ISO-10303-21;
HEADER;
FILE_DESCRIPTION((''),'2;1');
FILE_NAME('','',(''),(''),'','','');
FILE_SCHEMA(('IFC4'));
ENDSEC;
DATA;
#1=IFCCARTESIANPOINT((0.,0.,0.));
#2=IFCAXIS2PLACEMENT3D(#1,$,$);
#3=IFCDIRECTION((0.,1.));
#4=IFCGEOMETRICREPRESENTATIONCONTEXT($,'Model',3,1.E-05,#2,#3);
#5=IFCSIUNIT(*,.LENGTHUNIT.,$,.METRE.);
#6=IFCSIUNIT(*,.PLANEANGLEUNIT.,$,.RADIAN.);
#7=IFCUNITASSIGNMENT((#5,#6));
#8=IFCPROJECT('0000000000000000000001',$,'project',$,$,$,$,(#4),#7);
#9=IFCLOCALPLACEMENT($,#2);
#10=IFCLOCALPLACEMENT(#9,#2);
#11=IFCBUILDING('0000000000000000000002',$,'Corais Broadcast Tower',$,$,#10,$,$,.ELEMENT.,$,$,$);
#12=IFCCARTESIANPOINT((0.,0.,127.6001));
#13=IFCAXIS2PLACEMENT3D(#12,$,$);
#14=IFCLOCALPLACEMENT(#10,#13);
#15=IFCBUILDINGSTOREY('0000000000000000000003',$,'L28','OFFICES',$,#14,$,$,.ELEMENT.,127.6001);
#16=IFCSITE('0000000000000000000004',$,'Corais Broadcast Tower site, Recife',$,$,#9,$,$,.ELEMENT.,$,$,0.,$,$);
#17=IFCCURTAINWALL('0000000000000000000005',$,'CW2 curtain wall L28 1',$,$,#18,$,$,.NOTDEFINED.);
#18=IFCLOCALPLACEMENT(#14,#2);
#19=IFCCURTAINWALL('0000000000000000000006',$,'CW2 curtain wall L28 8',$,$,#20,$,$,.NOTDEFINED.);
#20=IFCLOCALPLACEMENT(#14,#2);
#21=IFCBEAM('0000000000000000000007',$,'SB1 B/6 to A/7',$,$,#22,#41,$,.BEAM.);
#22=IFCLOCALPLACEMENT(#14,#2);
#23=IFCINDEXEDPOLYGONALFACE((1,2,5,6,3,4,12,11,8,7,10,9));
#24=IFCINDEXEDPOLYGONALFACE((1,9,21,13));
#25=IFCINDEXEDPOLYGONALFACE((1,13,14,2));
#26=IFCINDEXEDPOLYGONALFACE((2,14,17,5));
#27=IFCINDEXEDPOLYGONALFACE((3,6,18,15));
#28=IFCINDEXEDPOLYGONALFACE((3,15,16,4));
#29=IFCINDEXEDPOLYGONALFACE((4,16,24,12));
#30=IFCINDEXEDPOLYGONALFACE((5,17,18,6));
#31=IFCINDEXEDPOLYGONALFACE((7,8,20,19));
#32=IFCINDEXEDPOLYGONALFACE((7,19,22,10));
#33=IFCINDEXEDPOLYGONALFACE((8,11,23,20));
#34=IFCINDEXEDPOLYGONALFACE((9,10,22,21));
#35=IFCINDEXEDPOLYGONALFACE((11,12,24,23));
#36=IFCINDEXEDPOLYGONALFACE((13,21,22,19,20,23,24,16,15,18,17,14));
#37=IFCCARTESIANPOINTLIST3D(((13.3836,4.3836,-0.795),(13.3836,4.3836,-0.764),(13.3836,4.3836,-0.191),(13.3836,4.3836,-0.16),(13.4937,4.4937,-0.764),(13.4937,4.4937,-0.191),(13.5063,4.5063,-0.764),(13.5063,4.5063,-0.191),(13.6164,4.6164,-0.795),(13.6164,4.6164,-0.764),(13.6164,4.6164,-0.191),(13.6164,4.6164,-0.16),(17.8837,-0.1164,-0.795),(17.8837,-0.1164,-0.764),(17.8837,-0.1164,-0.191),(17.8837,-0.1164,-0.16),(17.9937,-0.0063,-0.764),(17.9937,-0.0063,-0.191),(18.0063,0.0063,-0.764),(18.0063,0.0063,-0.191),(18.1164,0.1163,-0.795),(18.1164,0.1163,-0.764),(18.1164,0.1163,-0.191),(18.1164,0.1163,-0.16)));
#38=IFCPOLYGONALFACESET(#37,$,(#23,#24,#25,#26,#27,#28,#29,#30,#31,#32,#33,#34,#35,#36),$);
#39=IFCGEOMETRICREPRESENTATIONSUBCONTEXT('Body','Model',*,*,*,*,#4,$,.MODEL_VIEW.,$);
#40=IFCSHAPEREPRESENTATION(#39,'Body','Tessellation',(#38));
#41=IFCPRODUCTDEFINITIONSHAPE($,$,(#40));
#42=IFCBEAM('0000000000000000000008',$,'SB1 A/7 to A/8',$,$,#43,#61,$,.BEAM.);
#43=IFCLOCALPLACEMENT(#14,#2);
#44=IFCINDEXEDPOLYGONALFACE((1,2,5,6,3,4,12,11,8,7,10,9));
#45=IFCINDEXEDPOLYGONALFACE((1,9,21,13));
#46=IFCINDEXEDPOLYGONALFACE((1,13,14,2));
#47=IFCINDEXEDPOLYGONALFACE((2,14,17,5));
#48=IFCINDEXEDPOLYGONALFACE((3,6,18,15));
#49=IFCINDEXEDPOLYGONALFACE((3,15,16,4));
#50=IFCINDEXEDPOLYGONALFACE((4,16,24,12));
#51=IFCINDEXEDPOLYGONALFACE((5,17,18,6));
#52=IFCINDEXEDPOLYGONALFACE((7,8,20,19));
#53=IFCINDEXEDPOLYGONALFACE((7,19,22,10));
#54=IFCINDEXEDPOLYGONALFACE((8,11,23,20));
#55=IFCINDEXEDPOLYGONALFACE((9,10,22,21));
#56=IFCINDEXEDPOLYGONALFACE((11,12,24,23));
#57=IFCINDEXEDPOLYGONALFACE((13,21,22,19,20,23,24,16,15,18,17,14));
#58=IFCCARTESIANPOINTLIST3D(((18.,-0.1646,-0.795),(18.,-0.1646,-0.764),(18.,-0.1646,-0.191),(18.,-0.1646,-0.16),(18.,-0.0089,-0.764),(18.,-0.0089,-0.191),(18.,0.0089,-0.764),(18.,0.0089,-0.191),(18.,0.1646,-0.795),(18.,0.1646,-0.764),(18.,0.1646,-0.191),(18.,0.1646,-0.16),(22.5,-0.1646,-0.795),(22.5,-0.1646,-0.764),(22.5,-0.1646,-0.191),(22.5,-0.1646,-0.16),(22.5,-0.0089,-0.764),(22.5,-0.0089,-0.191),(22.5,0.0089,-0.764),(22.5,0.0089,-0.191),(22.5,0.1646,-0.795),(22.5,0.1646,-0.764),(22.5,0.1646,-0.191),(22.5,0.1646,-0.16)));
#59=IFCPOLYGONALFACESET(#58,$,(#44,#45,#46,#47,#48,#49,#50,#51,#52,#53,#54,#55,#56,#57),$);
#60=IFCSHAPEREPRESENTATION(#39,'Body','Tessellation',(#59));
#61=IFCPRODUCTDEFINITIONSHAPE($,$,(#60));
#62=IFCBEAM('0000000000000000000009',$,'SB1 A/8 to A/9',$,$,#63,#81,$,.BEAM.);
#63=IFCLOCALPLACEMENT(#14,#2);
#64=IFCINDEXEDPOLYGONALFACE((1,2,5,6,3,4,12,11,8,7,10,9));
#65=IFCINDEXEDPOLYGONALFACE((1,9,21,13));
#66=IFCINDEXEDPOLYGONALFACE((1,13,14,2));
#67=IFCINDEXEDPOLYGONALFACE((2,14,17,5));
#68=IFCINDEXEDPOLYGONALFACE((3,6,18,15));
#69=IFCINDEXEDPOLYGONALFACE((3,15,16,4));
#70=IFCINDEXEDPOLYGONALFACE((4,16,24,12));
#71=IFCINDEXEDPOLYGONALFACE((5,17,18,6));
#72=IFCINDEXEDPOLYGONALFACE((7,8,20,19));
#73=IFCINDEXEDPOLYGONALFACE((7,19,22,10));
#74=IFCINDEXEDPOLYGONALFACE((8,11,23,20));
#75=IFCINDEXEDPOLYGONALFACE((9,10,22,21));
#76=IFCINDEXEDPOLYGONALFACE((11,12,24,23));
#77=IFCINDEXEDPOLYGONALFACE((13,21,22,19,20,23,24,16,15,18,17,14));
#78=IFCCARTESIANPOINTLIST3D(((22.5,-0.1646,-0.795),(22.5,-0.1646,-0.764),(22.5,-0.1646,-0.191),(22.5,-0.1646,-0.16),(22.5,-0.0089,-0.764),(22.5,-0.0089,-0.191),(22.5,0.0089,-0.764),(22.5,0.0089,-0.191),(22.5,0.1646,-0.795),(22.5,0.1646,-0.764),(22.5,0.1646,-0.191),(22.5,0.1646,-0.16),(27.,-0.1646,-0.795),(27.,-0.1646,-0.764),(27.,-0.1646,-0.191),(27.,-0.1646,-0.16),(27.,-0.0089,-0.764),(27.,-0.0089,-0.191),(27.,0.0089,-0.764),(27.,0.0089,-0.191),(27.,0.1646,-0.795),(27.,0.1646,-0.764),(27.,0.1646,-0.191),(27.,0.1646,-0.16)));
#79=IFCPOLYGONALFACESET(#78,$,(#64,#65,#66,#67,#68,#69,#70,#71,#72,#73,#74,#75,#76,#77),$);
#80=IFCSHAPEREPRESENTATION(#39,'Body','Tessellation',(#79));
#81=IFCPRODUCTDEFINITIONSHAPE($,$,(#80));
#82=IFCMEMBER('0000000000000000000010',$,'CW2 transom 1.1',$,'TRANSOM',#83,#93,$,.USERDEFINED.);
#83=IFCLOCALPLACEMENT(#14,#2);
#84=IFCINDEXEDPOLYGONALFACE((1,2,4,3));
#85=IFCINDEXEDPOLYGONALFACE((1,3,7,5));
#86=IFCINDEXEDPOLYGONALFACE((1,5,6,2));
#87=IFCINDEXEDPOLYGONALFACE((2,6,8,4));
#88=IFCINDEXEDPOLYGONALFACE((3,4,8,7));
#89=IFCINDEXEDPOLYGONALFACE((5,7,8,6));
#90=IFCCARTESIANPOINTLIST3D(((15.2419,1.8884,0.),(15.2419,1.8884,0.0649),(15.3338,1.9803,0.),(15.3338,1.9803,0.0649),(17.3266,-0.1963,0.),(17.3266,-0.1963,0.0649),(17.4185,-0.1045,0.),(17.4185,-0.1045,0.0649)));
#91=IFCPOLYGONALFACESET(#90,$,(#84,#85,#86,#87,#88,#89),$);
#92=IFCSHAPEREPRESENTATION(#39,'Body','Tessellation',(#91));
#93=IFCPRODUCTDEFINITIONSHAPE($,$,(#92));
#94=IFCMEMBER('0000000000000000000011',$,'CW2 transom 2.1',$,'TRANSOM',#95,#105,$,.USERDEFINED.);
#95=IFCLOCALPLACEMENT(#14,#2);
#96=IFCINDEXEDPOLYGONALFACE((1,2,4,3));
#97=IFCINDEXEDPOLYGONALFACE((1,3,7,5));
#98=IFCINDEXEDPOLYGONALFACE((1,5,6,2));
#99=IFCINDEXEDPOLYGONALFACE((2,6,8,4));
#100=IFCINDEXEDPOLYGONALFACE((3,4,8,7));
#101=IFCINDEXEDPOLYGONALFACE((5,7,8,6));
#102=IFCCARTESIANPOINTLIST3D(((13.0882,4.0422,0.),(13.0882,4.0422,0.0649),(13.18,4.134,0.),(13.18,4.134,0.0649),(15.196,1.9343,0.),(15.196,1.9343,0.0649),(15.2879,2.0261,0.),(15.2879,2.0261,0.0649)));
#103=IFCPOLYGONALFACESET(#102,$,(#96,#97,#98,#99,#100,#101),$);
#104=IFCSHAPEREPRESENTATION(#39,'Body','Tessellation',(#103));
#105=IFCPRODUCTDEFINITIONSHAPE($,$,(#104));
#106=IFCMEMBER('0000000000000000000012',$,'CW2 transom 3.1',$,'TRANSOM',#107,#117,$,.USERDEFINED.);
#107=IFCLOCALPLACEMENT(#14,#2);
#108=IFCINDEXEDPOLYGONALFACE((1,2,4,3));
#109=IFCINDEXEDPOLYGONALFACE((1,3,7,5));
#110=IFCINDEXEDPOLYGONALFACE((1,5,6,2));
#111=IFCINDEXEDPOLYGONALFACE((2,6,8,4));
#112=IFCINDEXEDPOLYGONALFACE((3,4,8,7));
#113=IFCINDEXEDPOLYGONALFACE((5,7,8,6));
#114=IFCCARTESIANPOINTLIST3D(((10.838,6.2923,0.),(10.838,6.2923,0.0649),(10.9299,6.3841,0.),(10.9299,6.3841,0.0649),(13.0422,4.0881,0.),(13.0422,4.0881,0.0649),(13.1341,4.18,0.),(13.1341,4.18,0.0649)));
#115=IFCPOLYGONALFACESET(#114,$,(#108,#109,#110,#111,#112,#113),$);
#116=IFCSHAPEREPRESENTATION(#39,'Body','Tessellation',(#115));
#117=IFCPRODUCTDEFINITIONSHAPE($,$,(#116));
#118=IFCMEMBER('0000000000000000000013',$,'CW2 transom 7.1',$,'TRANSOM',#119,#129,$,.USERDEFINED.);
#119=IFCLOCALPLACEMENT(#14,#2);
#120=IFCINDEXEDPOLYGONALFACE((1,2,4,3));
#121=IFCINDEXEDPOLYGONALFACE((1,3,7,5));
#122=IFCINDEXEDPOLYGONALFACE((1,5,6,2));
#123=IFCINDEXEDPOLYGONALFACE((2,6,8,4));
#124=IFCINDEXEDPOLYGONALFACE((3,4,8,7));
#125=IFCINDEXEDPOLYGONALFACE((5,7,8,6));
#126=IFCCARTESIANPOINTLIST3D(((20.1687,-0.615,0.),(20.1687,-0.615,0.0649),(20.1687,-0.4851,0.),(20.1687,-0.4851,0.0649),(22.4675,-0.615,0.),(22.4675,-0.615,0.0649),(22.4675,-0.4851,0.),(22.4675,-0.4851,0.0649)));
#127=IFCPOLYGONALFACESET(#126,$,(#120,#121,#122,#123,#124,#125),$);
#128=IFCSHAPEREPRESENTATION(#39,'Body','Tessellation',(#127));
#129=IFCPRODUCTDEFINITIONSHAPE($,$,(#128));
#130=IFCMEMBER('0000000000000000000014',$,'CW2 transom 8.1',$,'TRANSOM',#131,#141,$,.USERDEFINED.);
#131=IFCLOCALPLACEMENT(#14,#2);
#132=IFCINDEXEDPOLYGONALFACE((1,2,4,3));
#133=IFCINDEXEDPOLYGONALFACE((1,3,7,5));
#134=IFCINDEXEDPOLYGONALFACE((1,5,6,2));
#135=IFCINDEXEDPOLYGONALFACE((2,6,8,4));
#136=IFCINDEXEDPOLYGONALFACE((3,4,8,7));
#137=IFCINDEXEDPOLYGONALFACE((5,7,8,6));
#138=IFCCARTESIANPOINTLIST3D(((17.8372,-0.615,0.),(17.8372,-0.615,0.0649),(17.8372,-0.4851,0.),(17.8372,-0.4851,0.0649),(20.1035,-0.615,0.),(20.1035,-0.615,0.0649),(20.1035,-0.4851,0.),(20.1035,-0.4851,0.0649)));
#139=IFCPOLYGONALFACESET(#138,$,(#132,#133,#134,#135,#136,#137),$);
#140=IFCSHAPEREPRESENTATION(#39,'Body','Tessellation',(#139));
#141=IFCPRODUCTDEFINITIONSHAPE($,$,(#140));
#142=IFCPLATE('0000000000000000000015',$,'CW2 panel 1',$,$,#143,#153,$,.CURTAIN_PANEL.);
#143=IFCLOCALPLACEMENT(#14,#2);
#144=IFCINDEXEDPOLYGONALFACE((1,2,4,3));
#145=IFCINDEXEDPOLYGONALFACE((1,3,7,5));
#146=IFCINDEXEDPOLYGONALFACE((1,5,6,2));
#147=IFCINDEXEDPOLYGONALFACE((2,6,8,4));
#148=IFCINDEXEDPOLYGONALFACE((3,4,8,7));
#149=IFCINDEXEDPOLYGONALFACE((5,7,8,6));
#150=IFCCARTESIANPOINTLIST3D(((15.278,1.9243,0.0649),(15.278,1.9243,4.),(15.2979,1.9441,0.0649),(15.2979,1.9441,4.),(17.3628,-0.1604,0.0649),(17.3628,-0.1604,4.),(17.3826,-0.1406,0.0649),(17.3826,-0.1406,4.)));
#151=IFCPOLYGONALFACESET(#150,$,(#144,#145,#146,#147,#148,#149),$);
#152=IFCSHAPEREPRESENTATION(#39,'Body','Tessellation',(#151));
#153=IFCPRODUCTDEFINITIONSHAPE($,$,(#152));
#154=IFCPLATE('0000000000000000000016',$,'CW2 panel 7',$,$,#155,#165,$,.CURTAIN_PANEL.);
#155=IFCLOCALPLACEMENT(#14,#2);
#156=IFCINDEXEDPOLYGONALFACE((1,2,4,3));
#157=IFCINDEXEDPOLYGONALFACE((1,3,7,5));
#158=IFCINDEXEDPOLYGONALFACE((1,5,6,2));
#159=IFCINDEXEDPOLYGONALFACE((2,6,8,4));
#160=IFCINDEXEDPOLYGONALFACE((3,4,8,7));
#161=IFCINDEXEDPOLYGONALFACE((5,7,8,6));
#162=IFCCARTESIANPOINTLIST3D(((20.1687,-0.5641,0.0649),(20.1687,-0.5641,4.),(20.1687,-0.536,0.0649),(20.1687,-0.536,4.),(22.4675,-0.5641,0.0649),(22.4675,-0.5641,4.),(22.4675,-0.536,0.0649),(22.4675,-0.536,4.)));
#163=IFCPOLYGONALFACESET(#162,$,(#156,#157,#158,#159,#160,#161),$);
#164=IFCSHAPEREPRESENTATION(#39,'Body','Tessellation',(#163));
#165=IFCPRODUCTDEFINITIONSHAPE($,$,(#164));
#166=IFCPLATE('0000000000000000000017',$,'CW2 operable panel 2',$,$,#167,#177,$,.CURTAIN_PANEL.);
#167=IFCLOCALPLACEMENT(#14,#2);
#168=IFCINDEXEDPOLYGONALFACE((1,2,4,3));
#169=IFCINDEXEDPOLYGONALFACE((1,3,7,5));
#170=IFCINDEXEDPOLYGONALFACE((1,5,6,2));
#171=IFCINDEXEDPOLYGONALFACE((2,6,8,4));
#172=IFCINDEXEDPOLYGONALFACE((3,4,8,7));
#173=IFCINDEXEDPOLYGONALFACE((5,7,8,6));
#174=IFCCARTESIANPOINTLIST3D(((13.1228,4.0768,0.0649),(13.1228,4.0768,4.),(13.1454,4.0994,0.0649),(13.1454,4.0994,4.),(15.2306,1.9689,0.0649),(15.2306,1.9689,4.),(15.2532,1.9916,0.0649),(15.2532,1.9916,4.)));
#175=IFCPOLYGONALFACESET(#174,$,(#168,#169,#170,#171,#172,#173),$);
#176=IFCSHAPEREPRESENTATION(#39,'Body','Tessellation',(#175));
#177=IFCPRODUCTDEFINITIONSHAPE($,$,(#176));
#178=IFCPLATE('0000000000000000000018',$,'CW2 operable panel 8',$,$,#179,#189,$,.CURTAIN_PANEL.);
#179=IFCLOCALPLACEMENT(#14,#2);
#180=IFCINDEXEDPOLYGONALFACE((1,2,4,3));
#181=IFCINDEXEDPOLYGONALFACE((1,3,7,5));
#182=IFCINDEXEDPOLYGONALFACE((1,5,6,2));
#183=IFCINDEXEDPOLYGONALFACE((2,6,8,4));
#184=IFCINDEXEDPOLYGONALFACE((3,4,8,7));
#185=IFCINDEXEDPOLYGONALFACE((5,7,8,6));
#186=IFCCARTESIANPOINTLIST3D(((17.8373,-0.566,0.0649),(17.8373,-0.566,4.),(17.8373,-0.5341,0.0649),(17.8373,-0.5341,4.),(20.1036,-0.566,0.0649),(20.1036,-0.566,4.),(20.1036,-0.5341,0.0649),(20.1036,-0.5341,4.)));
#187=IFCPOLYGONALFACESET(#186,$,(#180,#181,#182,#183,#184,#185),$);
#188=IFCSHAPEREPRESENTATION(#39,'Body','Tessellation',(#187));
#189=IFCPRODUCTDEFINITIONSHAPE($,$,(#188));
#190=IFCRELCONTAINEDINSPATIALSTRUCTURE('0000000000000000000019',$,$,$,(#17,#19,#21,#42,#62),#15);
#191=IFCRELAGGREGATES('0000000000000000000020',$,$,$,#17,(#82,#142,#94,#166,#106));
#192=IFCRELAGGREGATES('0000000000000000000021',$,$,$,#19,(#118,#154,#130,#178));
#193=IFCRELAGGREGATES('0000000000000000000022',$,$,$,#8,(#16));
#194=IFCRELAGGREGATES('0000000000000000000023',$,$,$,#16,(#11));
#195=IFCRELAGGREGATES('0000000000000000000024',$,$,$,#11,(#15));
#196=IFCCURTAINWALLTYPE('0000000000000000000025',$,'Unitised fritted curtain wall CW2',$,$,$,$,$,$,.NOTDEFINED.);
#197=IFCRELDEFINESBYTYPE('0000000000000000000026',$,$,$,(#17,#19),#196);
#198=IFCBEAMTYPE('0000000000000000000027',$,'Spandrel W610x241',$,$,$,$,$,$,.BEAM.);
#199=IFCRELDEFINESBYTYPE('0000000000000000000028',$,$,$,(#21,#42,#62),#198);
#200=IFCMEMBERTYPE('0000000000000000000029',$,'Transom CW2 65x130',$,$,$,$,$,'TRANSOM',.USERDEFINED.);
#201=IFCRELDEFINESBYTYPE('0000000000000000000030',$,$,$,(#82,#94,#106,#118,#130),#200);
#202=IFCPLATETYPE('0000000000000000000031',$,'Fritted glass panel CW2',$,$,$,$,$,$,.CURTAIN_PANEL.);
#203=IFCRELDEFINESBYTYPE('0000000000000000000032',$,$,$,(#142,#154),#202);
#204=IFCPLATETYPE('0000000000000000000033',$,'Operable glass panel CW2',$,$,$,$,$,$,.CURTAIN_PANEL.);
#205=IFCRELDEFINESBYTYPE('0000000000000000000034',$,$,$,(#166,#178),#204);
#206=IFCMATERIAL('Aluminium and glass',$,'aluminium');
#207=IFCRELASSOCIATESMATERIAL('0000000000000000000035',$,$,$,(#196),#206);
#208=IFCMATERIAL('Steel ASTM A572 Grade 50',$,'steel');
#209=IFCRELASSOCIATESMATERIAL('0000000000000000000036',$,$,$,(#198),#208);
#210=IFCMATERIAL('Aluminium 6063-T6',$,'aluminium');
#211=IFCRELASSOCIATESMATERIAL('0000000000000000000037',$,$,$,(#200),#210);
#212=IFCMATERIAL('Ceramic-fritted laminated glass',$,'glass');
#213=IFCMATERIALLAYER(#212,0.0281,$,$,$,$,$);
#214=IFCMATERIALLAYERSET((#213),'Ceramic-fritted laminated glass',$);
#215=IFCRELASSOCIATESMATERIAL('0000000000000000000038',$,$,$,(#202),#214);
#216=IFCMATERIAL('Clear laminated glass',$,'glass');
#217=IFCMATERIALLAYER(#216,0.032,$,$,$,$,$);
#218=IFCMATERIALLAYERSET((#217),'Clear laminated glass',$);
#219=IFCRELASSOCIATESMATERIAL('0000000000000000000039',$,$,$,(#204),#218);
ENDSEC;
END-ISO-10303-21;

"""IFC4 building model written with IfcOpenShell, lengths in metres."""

from ifc_helpers import new_model, si_unit, direction, frame, origin, origin_2d, place, context, subcontext, project, spatial, rectangle, i_section, extrude, material, layer, layer_set, material_profile, profile_set, type_object, element, aggregate, save


model = new_model("IFC4")

# Units and contexts
model_context = context("Model", 3, precision=1e-05, world=origin(), true_north=direction((0.0, 1.0)))
body_context = subcontext(model_context, "Body", "Model", "MODEL_VIEW")
ifc_project = project(units=[si_unit("LENGTHUNIT", "METRE"), si_unit("PLANEANGLEUNIT", "RADIAN")], contexts=[model_context])

# Site, building, storey
site_placement = place(None, origin())
site = spatial("IfcSite", under=ifc_project, at=site_placement, Name="Corais Broadcast Tower site, Recife", CompositionType="ELEMENT", RefElevation=0.0)
building_placement = place(site_placement, origin())
building = spatial("IfcBuilding", under=site, at=building_placement, Name="Corais Broadcast Tower", CompositionType="ELEMENT")
storey_placement = place(building_placement, frame((0.0, 0.0, 127.6001)))
storey = spatial("IfcBuildingStorey", under=building, at=storey_placement, Name="L28", Description="OFFICES", CompositionType="ELEMENT", Elevation=127.6001)

# Curtain walls
ifc_material_1 = material(Name="Aluminium and glass", Category="aluminium")
curtain_wall_type = type_object("IfcCurtainWallType", Name="Unitised fritted curtain wall CW2", PredefinedType="NOTDEFINED", material=ifc_material_1)
curtain_wall_1_placement = place(storey_placement, origin())
curtain_wall_1 = element("IfcCurtainWall", 1, at=curtain_wall_1_placement, inside=storey, type_object=curtain_wall_type, Name="CW2 curtain wall L28 1", PredefinedType="NOTDEFINED")
curtain_wall_2_placement = place(storey_placement, origin())
curtain_wall_2 = element("IfcCurtainWall", 2, at=curtain_wall_2_placement, inside=storey, type_object=curtain_wall_type, Name="CW2 curtain wall L28 8", PredefinedType="NOTDEFINED")

# Beams
ifc_material_2 = material(Name="Steel ASTM A572 Grade 50", Category="steel")
ifc_material_profile_1 = material_profile(ifc_material_2, i_section(OverallWidth=0.3291, OverallDepth=0.635, WebThickness=0.0178, FlangeThickness=0.031, at=origin_2d()), Name="W610x241")
ifc_profile_set_1 = profile_set([ifc_material_profile_1], Name="Steel ASTM A572 Grade 50")
beam_type_1 = type_object("IfcBeamType", Name="Spandrel W610x241", PredefinedType="BEAM", material=ifc_profile_set_1)
beam_1_placement = place(storey_placement, frame((13.5, 4.5, -0.4775), z_axis=(0.707107, -0.707107, 0.0), x_axis=(0.707107, 0.707107, 0.0)))
element("IfcBeam", 3, at=beam_1_placement, inside=storey, type_object=beam_type_1, Name="SB1 B/6 to A/7", PredefinedType="BEAM", context=body_context, shape_type="SweptSolid", body=[
    extrude(i_section(OverallWidth=0.3291, OverallDepth=0.635, WebThickness=0.0178, FlangeThickness=0.031, at=origin_2d()), origin(), (0.0, 0.0, 1.0), 6.364),
])
for number, where, z_axis, x_axis, name in (
    (4, (18.0, 0.0, -0.4775), (1.0, 0.0, 0.0), (0.0, 1.0, 0.0), "SB1 A/7 to A/8"),
    (5, (22.5, 0.0, -0.4775), (1.0, 0.0, 0.0), (0.0, 1.0, 0.0), "SB1 A/8 to A/9"),
):
    element("IfcBeam", number, at=place(storey_placement, frame(where, z_axis=z_axis, x_axis=x_axis)), inside=storey, type_object=beam_type_1, Name=name, PredefinedType="BEAM", context=body_context, shape_type="SweptSolid", body=[
        extrude(i_section(OverallWidth=0.3291, OverallDepth=0.635, WebThickness=0.0178, FlangeThickness=0.031, at=origin_2d()), origin(), (0.0, 0.0, 1.0), 4.5),
    ])

# Members
ifc_material_3 = material(Name="Aluminium 6063-T6", Category="aluminium")
ifc_material_profile_2 = material_profile(ifc_material_3, rectangle(XDim=0.1299, YDim=0.0649, at=origin_2d()), Name="Transom CW2 65x130")
ifc_profile_set_2 = profile_set([ifc_material_profile_2], Name="Aluminium 6063-T6")
member_type_1 = type_object("IfcMemberType", Name="Transom CW2 65x130", ElementType="TRANSOM", PredefinedType="USERDEFINED", material=ifc_profile_set_2)
member_1_placement = place(storey_placement, frame((17.3726, -0.1504, 0.0325), z_axis=(-0.707107, 0.707107, 0.0), x_axis=(-0.707107, -0.707107, 0.0)))
member_1 = element("IfcMember", 6, at=member_1_placement, type_object=member_type_1, Name="CW2 transom 1.1", ObjectType="TRANSOM", PredefinedType="USERDEFINED", context=body_context, shape_type="SweptSolid", body=[
    extrude(rectangle(XDim=0.1299, YDim=0.0649, at=origin_2d()), origin(), (0.0, 0.0, 1.0), 2.9482),
])
member_2_placement = place(storey_placement, frame((15.2419, 1.9802, 0.0325), z_axis=(-0.707107, 0.707107, 0.0), x_axis=(-0.707107, -0.707107, 0.0)))
member_2 = element("IfcMember", 7, at=member_2_placement, type_object=member_type_1, Name="CW2 transom 2.1", ObjectType="TRANSOM", PredefinedType="USERDEFINED", context=body_context, shape_type="SweptSolid", body=[
    extrude(rectangle(XDim=0.1299, YDim=0.0649, at=origin_2d()), origin(), (0.0, 0.0, 1.0), 2.981),
])
member_3_placement = place(storey_placement, frame((13.0881, 4.134, 0.0325), z_axis=(-0.707107, 0.707107, 0.0), x_axis=(-0.707107, -0.707107, 0.0)))
member_3 = element("IfcMember", 8, at=member_3_placement, type_object=member_type_1, Name="CW2 transom 3.1", ObjectType="TRANSOM", PredefinedType="USERDEFINED", context=body_context, shape_type="SweptSolid", body=[
    extrude(rectangle(XDim=0.1299, YDim=0.0649, at=origin_2d()), origin(), (0.0, 0.0, 1.0), 3.1172),
])
member_4_placement = place(storey_placement, frame((22.4675, -0.55, 0.0325), z_axis=(-1.0, 0.0, 0.0), x_axis=(0.0, -1.0, 0.0)))
member_4 = element("IfcMember", 9, at=member_4_placement, type_object=member_type_1, Name="CW2 transom 7.1", ObjectType="TRANSOM", PredefinedType="USERDEFINED", context=body_context, shape_type="SweptSolid", body=[
    extrude(rectangle(XDim=0.1299, YDim=0.0649, at=origin_2d()), origin(), (0.0, 0.0, 1.0), 2.2988),
])
member_5_placement = place(storey_placement, frame((20.1035, -0.55, 0.0325), z_axis=(-1.0, 0.0, 0.0), x_axis=(0.0, -1.0, 0.0)))
member_5 = element("IfcMember", 10, at=member_5_placement, type_object=member_type_1, Name="CW2 transom 8.1", ObjectType="TRANSOM", PredefinedType="USERDEFINED", context=body_context, shape_type="SweptSolid", body=[
    extrude(rectangle(XDim=0.1299, YDim=0.0649, at=origin_2d()), origin(), (0.0, 0.0, 1.0), 2.2664),
])

# Plates
ifc_material_4 = material(Name="Ceramic-fritted laminated glass", Category="glass")
ifc_layer_1 = layer(ifc_material_4, 0.0281)
ifc_layer_set_1 = layer_set([ifc_layer_1], Name="Ceramic-fritted laminated glass")
plate_type_1 = type_object("IfcPlateType", Name="Fritted glass panel CW2", PredefinedType="CURTAIN_PANEL", material=ifc_layer_set_1)
plate_1_placement = place(storey_placement, frame((16.3303, 0.8918, 0.0649), z_axis=(0.0, 0.0, 1.0), x_axis=(-0.707107, 0.707107, 0.0)))
plate_1 = element("IfcPlate", 11, at=plate_1_placement, type_object=plate_type_1, Name="CW2 panel 1", PredefinedType="CURTAIN_PANEL", context=body_context, shape_type="SweptSolid", body=[
    extrude(rectangle(XDim=2.9482, YDim=0.0281, at=origin_2d()), origin(), (0.0, 0.0, 1.0), 3.9351),
])
plate_2_placement = place(storey_placement, frame((21.3181, -0.55, 0.0649), z_axis=(0.0, 0.0, 1.0), x_axis=(-1.0, 0.0, 0.0)))
plate_2 = element("IfcPlate", 12, at=plate_2_placement, type_object=plate_type_1, Name="CW2 panel 7", PredefinedType="CURTAIN_PANEL", context=body_context, shape_type="SweptSolid", body=[
    extrude(rectangle(XDim=2.2988, YDim=0.0281, at=origin_2d()), origin(), (0.0, 0.0, 1.0), 3.9351),
])
ifc_material_5 = material(Name="Clear laminated glass", Category="glass")
ifc_layer_2 = layer(ifc_material_5, 0.032)
ifc_layer_set_2 = layer_set([ifc_layer_2], Name="Clear laminated glass")
plate_type_2 = type_object("IfcPlateType", Name="Operable glass panel CW2", PredefinedType="CURTAIN_PANEL", material=ifc_layer_set_2)
plate_3_placement = place(storey_placement, frame((14.188, 3.0342, 0.0649), z_axis=(0.0, 0.0, 1.0), x_axis=(-0.707107, 0.707107, 0.0)))
plate_3 = element("IfcPlate", 13, at=plate_3_placement, type_object=plate_type_2, Name="CW2 operable panel 2", PredefinedType="CURTAIN_PANEL", context=body_context, shape_type="SweptSolid", body=[
    extrude(rectangle(XDim=2.981, YDim=0.032, at=origin_2d()), origin(), (0.0, 0.0, 1.0), 3.9351),
])
aggregate(curtain_wall_1, [member_1, plate_1, member_2, plate_3, member_3])
plate_4_placement = place(storey_placement, frame((18.9705, -0.55, 0.0649), z_axis=(0.0, 0.0, 1.0), x_axis=(-1.0, 0.0, 0.0)))
plate_4 = element("IfcPlate", 14, at=plate_4_placement, type_object=plate_type_2, Name="CW2 operable panel 8", PredefinedType="CURTAIN_PANEL", context=body_context, shape_type="SweptSolid", body=[
    extrude(rectangle(XDim=2.2664, YDim=0.032, at=origin_2d()), origin(), (0.0, 0.0, 1.0), 3.9351),
])
aggregate(curtain_wall_2, [member_4, plate_2, member_5, plate_4])

save(model, "model.ifc")
